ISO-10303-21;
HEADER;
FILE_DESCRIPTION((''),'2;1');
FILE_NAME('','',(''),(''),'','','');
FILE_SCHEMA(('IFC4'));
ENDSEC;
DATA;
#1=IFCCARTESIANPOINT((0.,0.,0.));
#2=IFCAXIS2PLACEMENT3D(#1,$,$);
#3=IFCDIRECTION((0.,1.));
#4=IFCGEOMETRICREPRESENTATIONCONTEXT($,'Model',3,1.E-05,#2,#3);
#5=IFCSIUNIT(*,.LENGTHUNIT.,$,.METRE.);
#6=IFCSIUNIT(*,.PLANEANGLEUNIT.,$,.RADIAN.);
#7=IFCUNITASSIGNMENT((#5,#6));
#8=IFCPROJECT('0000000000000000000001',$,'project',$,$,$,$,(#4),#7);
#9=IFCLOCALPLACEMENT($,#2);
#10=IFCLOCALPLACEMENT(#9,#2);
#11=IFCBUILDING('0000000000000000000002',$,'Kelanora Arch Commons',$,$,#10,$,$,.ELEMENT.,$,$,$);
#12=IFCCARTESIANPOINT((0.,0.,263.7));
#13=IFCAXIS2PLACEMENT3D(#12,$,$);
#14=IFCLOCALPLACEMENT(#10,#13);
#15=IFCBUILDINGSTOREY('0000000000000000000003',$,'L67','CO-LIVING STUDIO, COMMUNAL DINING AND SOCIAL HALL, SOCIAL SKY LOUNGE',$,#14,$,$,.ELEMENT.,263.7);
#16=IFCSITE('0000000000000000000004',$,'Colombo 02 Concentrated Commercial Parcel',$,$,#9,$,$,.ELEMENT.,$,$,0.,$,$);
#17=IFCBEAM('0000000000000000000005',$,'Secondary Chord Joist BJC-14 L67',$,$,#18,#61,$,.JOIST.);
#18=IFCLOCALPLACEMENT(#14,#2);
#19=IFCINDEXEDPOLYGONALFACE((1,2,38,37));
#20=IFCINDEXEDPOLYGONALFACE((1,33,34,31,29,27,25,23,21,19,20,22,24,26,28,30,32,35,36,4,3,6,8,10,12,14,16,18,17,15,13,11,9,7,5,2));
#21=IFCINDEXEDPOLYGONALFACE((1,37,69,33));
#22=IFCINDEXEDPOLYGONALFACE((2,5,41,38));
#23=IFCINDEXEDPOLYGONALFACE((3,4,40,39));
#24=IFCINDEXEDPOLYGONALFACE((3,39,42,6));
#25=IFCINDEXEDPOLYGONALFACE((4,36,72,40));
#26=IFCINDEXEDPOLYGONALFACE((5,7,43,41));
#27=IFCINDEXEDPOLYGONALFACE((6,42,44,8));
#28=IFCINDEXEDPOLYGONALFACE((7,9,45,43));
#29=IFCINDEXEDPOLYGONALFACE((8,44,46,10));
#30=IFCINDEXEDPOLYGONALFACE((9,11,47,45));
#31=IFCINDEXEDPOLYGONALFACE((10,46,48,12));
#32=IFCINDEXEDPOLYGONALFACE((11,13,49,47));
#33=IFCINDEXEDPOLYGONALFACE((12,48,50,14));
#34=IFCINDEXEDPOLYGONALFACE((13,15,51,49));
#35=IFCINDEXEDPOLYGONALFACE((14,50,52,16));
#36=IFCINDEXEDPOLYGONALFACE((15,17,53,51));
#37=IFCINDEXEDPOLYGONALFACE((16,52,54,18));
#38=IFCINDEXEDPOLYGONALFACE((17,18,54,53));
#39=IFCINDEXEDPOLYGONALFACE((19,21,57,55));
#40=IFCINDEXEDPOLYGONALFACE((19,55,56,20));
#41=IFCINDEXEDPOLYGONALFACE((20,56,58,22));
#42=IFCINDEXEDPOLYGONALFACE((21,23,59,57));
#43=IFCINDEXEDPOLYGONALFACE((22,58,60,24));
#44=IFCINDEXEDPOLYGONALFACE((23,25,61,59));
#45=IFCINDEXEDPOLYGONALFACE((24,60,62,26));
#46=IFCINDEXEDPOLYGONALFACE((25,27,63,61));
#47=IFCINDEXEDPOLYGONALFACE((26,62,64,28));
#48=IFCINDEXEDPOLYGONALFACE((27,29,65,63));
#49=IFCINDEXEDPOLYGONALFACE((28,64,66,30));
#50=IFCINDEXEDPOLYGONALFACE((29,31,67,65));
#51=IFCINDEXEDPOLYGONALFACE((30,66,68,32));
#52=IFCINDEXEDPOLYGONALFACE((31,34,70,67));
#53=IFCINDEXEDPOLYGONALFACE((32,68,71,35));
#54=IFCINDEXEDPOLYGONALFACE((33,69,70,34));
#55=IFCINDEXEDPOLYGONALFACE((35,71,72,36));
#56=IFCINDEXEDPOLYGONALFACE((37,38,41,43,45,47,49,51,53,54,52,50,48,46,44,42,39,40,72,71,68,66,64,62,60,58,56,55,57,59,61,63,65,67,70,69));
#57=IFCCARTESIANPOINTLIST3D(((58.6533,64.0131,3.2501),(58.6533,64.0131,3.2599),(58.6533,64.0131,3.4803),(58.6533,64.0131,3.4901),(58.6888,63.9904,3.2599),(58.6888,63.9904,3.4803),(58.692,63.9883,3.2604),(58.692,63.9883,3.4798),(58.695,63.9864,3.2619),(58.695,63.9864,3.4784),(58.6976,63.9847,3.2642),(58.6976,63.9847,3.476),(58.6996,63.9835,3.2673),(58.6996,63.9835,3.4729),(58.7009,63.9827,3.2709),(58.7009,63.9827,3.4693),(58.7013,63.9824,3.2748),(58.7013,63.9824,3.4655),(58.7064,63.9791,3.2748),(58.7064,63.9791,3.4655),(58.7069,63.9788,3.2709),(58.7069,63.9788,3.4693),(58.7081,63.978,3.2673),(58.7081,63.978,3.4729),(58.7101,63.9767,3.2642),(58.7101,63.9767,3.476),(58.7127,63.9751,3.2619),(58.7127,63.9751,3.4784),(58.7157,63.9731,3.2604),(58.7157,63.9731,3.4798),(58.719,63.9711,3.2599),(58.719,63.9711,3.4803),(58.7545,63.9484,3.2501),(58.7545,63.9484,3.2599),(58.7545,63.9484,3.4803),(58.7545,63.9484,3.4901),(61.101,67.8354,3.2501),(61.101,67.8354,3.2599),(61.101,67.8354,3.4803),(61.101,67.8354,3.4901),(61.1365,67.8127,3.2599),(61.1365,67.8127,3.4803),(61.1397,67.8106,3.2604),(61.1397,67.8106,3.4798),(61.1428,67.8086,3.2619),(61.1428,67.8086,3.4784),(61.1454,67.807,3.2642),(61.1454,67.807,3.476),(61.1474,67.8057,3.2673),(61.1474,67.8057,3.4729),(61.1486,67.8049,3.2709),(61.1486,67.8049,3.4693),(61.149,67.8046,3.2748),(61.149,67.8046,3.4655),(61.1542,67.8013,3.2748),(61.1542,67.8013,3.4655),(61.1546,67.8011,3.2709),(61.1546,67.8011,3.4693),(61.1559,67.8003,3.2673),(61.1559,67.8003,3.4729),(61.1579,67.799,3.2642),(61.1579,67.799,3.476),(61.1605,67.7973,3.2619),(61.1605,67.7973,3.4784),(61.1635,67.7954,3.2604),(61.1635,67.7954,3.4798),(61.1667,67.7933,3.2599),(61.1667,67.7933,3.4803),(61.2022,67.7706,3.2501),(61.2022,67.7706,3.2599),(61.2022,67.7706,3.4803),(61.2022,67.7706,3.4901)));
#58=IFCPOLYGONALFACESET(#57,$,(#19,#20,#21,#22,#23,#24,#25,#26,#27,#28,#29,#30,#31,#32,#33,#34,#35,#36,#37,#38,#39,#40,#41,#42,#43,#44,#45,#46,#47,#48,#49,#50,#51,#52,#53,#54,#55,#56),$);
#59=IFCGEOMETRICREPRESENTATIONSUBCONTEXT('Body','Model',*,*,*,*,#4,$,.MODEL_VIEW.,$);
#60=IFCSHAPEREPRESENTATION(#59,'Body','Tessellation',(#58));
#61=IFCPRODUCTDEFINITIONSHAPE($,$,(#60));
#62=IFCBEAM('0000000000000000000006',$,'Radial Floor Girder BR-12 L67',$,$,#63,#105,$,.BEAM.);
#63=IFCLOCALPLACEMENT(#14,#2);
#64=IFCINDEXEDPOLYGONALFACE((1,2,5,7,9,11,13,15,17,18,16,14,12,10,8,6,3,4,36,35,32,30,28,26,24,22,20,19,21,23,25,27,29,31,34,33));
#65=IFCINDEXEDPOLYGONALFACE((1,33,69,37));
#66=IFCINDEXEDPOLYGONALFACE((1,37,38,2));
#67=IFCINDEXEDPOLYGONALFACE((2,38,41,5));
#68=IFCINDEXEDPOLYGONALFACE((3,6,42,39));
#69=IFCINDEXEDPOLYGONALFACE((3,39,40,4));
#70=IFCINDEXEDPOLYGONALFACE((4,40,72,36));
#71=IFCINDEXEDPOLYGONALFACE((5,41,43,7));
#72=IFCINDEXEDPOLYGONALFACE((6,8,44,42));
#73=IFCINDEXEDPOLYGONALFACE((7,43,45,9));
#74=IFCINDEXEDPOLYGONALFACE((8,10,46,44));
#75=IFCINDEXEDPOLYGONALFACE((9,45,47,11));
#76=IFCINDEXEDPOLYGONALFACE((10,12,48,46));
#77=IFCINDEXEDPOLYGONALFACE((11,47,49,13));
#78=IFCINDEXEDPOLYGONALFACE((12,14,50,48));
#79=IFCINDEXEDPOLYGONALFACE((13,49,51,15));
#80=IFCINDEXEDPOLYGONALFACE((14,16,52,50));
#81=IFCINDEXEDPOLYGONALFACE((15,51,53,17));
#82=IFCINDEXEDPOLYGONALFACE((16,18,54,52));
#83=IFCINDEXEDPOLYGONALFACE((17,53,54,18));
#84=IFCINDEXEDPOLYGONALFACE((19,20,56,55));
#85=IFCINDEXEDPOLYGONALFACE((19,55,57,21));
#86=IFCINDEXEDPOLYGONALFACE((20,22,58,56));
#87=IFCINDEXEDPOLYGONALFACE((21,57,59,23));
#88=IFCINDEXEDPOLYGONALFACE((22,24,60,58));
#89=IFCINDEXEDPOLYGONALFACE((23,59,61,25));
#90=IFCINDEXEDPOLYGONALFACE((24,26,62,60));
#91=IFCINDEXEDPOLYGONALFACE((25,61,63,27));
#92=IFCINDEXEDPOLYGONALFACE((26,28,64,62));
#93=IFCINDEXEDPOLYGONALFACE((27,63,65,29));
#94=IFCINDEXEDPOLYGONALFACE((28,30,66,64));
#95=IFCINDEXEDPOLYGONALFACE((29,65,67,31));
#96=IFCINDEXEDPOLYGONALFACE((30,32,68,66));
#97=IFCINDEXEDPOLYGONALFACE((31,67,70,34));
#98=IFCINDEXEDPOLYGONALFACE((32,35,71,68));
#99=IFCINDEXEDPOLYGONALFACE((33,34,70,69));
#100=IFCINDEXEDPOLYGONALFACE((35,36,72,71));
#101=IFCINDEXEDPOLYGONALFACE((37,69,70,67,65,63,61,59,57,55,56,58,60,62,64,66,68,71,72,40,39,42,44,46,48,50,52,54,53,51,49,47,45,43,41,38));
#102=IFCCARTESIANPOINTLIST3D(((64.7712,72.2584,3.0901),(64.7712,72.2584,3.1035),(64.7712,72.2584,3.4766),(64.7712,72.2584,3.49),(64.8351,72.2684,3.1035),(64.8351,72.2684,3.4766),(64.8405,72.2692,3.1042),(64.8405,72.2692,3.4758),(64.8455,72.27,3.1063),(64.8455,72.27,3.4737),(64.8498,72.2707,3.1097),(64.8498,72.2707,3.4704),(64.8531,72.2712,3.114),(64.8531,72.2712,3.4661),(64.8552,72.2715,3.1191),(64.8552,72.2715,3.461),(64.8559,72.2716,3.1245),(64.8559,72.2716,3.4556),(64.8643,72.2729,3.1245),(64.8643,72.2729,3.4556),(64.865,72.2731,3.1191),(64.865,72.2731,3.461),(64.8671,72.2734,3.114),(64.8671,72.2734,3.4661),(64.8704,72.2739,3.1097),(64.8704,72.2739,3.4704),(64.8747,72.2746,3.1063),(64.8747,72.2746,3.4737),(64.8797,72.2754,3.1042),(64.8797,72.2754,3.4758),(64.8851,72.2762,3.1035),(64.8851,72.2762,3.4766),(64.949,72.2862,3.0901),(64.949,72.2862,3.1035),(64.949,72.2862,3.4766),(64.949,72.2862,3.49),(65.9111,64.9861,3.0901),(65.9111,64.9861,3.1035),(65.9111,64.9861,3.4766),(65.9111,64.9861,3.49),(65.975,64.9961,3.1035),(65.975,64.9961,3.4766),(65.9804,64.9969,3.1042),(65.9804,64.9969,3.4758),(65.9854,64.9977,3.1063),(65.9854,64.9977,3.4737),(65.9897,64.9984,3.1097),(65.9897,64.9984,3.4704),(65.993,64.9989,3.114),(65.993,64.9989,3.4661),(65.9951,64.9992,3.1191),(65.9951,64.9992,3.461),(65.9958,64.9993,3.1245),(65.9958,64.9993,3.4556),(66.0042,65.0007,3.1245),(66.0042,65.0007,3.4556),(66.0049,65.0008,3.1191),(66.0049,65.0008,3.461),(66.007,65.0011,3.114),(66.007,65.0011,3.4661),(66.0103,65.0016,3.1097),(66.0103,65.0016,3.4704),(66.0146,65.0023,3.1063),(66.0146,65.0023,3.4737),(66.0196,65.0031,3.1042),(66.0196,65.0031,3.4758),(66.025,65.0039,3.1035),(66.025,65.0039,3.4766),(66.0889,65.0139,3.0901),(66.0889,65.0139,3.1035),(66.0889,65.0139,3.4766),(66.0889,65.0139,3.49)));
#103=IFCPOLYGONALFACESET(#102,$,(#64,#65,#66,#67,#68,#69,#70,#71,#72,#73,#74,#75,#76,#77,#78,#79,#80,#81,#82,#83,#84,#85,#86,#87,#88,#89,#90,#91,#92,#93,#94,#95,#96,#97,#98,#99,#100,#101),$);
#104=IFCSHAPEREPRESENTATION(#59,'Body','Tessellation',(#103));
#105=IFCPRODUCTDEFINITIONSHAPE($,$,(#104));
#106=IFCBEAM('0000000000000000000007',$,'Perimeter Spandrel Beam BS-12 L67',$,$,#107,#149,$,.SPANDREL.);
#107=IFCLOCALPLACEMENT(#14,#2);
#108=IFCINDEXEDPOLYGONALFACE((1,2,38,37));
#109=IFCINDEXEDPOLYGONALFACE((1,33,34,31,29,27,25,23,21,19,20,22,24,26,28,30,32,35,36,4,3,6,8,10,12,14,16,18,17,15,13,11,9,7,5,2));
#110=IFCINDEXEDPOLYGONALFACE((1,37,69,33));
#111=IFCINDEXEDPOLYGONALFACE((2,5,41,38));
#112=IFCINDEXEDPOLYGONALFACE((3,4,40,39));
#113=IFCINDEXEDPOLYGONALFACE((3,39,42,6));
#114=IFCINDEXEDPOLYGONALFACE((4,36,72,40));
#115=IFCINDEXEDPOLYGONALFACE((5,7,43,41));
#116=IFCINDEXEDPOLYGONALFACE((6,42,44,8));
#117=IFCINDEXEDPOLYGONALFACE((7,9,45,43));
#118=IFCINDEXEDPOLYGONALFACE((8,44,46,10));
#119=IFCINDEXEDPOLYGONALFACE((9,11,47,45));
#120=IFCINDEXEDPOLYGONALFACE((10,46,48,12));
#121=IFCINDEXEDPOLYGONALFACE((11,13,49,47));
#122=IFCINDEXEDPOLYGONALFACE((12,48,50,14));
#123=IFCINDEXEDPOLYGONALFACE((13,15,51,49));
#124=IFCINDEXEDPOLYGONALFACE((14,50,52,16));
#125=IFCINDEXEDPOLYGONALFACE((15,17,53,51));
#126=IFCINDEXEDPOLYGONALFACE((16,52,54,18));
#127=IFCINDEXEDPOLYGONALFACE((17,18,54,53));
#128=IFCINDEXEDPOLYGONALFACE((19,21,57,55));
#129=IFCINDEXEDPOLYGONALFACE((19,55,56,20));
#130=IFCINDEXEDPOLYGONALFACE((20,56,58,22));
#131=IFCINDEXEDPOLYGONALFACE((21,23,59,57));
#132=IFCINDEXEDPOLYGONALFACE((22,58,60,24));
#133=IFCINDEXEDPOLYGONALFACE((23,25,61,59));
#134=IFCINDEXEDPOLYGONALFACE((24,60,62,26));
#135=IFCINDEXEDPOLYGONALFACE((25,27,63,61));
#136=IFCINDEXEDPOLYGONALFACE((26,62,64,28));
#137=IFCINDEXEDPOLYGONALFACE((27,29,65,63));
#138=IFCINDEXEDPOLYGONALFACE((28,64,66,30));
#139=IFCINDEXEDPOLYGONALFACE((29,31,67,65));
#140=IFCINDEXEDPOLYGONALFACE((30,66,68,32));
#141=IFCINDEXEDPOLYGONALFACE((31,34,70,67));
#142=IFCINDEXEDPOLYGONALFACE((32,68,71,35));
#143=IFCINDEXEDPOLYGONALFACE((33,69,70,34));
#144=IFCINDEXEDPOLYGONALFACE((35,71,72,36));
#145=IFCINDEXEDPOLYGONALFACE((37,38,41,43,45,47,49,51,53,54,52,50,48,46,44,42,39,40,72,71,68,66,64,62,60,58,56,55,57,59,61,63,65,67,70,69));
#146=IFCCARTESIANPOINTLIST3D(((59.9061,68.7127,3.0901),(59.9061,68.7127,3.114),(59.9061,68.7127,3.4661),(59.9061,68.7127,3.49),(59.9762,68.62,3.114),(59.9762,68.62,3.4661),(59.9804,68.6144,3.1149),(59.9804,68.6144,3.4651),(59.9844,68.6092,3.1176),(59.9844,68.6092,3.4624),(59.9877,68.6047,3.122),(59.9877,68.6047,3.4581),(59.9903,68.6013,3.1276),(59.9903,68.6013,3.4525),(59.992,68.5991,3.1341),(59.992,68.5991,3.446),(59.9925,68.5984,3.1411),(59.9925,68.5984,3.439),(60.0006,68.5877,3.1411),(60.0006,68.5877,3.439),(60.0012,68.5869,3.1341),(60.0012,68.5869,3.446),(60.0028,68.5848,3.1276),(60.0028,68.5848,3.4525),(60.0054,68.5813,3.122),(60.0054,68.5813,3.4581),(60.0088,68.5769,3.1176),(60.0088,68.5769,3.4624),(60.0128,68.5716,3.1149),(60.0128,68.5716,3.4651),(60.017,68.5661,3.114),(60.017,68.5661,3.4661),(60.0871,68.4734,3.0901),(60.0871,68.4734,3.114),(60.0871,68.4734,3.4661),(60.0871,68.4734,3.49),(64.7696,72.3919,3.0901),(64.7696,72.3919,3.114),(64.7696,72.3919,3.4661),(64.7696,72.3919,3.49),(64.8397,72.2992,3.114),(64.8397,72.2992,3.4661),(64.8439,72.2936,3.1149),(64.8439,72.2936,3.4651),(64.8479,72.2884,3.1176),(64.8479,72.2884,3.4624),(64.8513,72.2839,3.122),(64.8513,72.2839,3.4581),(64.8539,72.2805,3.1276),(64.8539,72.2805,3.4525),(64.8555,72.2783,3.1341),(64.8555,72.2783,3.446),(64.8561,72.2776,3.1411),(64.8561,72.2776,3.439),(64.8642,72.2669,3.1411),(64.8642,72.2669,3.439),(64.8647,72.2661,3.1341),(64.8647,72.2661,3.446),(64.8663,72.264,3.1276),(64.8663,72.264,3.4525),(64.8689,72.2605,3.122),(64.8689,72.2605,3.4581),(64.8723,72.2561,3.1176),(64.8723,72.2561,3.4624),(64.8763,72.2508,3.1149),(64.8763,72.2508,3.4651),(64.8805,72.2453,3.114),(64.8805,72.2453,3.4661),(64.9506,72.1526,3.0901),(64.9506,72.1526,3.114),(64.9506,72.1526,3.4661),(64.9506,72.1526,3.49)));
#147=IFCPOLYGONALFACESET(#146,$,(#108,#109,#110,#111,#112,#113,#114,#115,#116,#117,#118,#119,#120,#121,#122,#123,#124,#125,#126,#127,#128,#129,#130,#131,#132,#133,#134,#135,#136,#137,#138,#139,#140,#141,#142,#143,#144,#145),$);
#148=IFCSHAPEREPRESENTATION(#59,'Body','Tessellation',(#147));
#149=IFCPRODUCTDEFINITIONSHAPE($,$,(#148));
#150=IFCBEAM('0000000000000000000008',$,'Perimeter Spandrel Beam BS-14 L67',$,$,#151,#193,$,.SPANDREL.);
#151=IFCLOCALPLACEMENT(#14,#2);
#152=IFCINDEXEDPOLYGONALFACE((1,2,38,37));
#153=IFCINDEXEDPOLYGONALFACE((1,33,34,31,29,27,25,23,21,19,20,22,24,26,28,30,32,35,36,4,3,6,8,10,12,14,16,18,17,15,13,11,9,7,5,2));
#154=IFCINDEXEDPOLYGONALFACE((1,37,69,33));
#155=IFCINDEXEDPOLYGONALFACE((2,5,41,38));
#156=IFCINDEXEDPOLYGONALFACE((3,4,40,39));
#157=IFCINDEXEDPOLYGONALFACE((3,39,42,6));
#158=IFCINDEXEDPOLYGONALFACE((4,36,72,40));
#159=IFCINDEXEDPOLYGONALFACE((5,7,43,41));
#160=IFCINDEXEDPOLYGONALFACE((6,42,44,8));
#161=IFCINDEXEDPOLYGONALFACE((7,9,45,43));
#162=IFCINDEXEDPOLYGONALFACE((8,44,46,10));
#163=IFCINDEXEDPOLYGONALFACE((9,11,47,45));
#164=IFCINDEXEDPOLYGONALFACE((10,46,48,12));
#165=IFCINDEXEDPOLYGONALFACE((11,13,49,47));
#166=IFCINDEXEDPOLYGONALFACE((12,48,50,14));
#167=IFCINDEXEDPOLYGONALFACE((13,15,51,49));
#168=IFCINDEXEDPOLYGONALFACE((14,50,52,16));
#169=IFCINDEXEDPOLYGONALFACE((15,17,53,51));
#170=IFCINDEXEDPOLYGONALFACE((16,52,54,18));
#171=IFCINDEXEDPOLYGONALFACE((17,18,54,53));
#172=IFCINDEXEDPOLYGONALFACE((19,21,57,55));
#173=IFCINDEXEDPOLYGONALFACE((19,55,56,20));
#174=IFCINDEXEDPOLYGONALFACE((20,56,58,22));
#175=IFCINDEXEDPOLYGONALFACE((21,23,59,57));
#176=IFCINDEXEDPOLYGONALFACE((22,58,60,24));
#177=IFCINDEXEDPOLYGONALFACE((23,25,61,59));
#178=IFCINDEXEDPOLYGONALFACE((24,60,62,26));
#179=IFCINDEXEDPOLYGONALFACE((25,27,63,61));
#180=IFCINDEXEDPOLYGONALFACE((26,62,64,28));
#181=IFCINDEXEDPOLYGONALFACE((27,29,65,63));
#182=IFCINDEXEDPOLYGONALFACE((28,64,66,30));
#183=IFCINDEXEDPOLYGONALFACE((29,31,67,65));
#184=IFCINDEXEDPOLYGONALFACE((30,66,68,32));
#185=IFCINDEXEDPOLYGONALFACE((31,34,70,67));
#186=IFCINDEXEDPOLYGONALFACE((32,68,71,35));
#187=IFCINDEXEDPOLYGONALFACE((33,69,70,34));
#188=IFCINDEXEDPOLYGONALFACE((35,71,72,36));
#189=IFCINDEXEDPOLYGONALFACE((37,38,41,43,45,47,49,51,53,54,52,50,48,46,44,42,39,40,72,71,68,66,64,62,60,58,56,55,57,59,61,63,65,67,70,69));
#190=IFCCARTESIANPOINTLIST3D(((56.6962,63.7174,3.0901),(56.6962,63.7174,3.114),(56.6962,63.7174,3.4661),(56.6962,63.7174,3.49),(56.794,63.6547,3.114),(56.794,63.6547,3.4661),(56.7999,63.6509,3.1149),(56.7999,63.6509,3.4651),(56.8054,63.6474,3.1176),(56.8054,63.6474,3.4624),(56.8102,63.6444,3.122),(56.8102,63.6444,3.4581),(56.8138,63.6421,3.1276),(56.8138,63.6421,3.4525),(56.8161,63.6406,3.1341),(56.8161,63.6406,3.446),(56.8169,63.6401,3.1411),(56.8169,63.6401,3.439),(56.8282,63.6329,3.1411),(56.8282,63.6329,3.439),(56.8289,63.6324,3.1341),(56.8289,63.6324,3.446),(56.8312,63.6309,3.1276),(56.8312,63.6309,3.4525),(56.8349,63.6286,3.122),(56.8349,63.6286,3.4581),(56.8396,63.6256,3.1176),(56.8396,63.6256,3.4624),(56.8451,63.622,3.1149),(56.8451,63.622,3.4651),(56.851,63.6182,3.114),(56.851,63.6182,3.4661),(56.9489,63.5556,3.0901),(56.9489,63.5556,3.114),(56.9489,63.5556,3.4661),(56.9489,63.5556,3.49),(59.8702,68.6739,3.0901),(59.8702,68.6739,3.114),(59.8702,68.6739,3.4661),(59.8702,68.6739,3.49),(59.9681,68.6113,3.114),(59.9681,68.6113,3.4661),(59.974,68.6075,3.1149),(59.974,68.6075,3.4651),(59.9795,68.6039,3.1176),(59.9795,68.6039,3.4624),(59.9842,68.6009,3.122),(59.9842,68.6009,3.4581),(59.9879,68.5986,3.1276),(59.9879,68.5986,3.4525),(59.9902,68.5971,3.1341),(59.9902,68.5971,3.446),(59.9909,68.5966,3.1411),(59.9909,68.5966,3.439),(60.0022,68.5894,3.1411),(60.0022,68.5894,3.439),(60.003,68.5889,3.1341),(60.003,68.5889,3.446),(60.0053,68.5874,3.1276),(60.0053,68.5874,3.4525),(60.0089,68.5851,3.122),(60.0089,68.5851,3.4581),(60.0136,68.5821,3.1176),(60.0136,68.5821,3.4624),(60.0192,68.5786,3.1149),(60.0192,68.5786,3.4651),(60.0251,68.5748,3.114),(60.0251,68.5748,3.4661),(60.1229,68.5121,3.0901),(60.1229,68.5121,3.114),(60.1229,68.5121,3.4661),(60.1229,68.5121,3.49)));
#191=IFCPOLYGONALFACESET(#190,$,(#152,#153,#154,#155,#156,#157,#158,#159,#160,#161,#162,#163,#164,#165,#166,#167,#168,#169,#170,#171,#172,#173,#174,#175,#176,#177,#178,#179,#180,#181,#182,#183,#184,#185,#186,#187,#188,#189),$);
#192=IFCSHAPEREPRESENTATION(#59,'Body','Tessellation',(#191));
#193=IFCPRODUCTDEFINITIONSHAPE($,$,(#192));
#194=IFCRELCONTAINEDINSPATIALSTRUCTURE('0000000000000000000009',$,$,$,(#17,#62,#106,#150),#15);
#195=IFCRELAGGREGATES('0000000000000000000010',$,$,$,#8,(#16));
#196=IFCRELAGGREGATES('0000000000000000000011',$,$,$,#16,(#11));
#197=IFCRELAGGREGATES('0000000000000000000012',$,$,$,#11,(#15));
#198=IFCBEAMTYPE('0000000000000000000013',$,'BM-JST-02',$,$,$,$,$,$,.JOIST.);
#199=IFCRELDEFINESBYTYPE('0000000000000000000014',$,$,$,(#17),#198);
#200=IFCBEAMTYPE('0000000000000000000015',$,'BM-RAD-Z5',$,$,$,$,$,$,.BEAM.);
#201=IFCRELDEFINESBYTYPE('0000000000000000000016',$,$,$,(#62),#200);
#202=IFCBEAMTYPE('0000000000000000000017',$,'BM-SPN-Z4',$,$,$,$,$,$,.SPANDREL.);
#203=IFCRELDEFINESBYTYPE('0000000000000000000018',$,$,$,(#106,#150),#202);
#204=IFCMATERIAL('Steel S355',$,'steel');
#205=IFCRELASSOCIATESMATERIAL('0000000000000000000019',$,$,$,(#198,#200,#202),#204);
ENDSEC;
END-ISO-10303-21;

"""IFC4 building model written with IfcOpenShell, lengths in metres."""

from ifc_helpers import new_model, si_unit, direction, frame, origin, origin_2d, place, context, subcontext, project, spatial, i_section, extrude, material, material_profile, profile_set, type_object, element, save


model = new_model("IFC4")

# Units and contexts
model_context = context("Model", 3, precision=1e-05, world=origin(), true_north=direction((0.0, 1.0)))
body_context = subcontext(model_context, "Body", "Model", "MODEL_VIEW")
ifc_project = project(units=[si_unit("LENGTHUNIT", "METRE"), si_unit("PLANEANGLEUNIT", "RADIAN")], contexts=[model_context])

# Site, building, storey
site_placement = place(None, origin())
site = spatial("IfcSite", under=ifc_project, at=site_placement, Name="Colombo 02 Concentrated Commercial Parcel", CompositionType="ELEMENT", RefElevation=0.0)
building_placement = place(site_placement, origin())
building = spatial("IfcBuilding", under=site, at=building_placement, Name="Kelanora Arch Commons", CompositionType="ELEMENT")
storey_placement = place(building_placement, frame((0.0, 0.0, 263.7)))
storey = spatial("IfcBuildingStorey", under=building, at=storey_placement, Name="L67", Description="CO-LIVING STUDIO, COMMUNAL DINING AND SOCIAL HALL, SOCIAL SKY LOUNGE", CompositionType="ELEMENT", Elevation=263.7)

# Beams
ifc_material_1 = material(Name="Steel S355", Category="steel")
ifc_material_profile_1 = material_profile(ifc_material_1, i_section(OverallWidth=0.1201, OverallDepth=0.24, WebThickness=0.0061, FlangeThickness=0.0098, FilletRadius=0.0149, at=origin_2d()), Name="IPE240")
ifc_profile_set_1 = profile_set([ifc_material_profile_1], Name="Steel S355")
beam_type_1 = type_object("IfcBeamType", Name="BM-JST-02", PredefinedType="JOIST", material=ifc_profile_set_1)
beam_1_placement = place(storey_placement, frame((61.1516, 67.803, 3.3701), z_axis=(-0.539289, -0.842121, 0.0), x_axis=(0.842121, -0.539289, 0.0)))
element("IfcBeam", 1, at=beam_1_placement, inside=storey, type_object=beam_type_1, Name="Secondary Chord Joist BJC-14 L67", PredefinedType="JOIST", context=body_context, shape_type="SweptSolid", body=[
    extrude(i_section(OverallWidth=0.1201, OverallDepth=0.24, WebThickness=0.0061, FlangeThickness=0.0098, FilletRadius=0.0149, at=origin_2d()), origin(), (0.0, 0.0, 1.0), 4.5388),
])
ifc_material_profile_2 = material_profile(ifc_material_1, i_section(OverallWidth=0.1799, OverallDepth=0.3999, WebThickness=0.0085, FlangeThickness=0.0134, FilletRadius=0.021, at=origin_2d()), Name="IPE400")
ifc_profile_set_2 = profile_set([ifc_material_profile_2], Name="Steel S355")
beam_type_2 = type_object("IfcBeamType", Name="BM-RAD-Z5", PredefinedType="BEAM", material=ifc_profile_set_2)
beam_2_placement = place(storey_placement, frame((66.0, 65.0, 3.29), z_axis=(-0.154855, 0.987937, 0.0), x_axis=(-0.987937, -0.154855, 0.0)))
element("IfcBeam", 2, at=beam_2_placement, inside=storey, type_object=beam_type_2, Name="Radial Floor Girder BR-12 L67", PredefinedType="BEAM", context=body_context, shape_type="SweptSolid", body=[
    extrude(i_section(OverallWidth=0.1799, OverallDepth=0.3999, WebThickness=0.0085, FlangeThickness=0.0134, FilletRadius=0.021, at=origin_2d()), origin(), (0.0, 0.0, 1.0), 7.3611),
])
ifc_material_profile_3 = material_profile(ifc_material_1, i_section(OverallWidth=0.3, OverallDepth=0.3999, WebThickness=0.0134, FlangeThickness=0.0239, FilletRadius=0.0271, at=origin_2d()), Name="HEB400")
ifc_profile_set_3 = profile_set([ifc_material_profile_3], Name="Steel S355")
beam_type_3 = type_object("IfcBeamType", Name="BM-SPN-Z4", PredefinedType="SPANDREL", material=ifc_profile_set_3)
beam_3_placement = place(storey_placement, frame((64.8601, 72.2722, 3.29), z_axis=(-0.797509, -0.603306, 0.0), x_axis=(0.603306, -0.797509, 0.0)))
element("IfcBeam", 3, at=beam_3_placement, inside=storey, type_object=beam_type_3, Name="Perimeter Spandrel Beam BS-12 L67", PredefinedType="SPANDREL", context=body_context, shape_type="SweptSolid", body=[
    extrude(i_section(OverallWidth=0.3, OverallDepth=0.3999, WebThickness=0.0134, FlangeThickness=0.0239, FilletRadius=0.0271, at=origin_2d()), origin(), (0.0, 0.0, 1.0), 6.0984),
])
beam_4_placement = place(storey_placement, frame((59.9966, 68.593, 3.29), z_axis=(-0.539281, -0.842126, 0.0), x_axis=(0.842126, -0.539281, 0.0)))
element("IfcBeam", 4, at=beam_4_placement, inside=storey, type_object=beam_type_3, Name="Perimeter Spandrel Beam BS-14 L67", PredefinedType="SPANDREL", context=body_context, shape_type="SweptSolid", body=[
    extrude(i_section(OverallWidth=0.3, OverallDepth=0.3999, WebThickness=0.0134, FlangeThickness=0.0239, FilletRadius=0.0271, at=origin_2d()), origin(), (0.0, 0.0, 1.0), 5.8857),
])

save(model, "model.ifc")
